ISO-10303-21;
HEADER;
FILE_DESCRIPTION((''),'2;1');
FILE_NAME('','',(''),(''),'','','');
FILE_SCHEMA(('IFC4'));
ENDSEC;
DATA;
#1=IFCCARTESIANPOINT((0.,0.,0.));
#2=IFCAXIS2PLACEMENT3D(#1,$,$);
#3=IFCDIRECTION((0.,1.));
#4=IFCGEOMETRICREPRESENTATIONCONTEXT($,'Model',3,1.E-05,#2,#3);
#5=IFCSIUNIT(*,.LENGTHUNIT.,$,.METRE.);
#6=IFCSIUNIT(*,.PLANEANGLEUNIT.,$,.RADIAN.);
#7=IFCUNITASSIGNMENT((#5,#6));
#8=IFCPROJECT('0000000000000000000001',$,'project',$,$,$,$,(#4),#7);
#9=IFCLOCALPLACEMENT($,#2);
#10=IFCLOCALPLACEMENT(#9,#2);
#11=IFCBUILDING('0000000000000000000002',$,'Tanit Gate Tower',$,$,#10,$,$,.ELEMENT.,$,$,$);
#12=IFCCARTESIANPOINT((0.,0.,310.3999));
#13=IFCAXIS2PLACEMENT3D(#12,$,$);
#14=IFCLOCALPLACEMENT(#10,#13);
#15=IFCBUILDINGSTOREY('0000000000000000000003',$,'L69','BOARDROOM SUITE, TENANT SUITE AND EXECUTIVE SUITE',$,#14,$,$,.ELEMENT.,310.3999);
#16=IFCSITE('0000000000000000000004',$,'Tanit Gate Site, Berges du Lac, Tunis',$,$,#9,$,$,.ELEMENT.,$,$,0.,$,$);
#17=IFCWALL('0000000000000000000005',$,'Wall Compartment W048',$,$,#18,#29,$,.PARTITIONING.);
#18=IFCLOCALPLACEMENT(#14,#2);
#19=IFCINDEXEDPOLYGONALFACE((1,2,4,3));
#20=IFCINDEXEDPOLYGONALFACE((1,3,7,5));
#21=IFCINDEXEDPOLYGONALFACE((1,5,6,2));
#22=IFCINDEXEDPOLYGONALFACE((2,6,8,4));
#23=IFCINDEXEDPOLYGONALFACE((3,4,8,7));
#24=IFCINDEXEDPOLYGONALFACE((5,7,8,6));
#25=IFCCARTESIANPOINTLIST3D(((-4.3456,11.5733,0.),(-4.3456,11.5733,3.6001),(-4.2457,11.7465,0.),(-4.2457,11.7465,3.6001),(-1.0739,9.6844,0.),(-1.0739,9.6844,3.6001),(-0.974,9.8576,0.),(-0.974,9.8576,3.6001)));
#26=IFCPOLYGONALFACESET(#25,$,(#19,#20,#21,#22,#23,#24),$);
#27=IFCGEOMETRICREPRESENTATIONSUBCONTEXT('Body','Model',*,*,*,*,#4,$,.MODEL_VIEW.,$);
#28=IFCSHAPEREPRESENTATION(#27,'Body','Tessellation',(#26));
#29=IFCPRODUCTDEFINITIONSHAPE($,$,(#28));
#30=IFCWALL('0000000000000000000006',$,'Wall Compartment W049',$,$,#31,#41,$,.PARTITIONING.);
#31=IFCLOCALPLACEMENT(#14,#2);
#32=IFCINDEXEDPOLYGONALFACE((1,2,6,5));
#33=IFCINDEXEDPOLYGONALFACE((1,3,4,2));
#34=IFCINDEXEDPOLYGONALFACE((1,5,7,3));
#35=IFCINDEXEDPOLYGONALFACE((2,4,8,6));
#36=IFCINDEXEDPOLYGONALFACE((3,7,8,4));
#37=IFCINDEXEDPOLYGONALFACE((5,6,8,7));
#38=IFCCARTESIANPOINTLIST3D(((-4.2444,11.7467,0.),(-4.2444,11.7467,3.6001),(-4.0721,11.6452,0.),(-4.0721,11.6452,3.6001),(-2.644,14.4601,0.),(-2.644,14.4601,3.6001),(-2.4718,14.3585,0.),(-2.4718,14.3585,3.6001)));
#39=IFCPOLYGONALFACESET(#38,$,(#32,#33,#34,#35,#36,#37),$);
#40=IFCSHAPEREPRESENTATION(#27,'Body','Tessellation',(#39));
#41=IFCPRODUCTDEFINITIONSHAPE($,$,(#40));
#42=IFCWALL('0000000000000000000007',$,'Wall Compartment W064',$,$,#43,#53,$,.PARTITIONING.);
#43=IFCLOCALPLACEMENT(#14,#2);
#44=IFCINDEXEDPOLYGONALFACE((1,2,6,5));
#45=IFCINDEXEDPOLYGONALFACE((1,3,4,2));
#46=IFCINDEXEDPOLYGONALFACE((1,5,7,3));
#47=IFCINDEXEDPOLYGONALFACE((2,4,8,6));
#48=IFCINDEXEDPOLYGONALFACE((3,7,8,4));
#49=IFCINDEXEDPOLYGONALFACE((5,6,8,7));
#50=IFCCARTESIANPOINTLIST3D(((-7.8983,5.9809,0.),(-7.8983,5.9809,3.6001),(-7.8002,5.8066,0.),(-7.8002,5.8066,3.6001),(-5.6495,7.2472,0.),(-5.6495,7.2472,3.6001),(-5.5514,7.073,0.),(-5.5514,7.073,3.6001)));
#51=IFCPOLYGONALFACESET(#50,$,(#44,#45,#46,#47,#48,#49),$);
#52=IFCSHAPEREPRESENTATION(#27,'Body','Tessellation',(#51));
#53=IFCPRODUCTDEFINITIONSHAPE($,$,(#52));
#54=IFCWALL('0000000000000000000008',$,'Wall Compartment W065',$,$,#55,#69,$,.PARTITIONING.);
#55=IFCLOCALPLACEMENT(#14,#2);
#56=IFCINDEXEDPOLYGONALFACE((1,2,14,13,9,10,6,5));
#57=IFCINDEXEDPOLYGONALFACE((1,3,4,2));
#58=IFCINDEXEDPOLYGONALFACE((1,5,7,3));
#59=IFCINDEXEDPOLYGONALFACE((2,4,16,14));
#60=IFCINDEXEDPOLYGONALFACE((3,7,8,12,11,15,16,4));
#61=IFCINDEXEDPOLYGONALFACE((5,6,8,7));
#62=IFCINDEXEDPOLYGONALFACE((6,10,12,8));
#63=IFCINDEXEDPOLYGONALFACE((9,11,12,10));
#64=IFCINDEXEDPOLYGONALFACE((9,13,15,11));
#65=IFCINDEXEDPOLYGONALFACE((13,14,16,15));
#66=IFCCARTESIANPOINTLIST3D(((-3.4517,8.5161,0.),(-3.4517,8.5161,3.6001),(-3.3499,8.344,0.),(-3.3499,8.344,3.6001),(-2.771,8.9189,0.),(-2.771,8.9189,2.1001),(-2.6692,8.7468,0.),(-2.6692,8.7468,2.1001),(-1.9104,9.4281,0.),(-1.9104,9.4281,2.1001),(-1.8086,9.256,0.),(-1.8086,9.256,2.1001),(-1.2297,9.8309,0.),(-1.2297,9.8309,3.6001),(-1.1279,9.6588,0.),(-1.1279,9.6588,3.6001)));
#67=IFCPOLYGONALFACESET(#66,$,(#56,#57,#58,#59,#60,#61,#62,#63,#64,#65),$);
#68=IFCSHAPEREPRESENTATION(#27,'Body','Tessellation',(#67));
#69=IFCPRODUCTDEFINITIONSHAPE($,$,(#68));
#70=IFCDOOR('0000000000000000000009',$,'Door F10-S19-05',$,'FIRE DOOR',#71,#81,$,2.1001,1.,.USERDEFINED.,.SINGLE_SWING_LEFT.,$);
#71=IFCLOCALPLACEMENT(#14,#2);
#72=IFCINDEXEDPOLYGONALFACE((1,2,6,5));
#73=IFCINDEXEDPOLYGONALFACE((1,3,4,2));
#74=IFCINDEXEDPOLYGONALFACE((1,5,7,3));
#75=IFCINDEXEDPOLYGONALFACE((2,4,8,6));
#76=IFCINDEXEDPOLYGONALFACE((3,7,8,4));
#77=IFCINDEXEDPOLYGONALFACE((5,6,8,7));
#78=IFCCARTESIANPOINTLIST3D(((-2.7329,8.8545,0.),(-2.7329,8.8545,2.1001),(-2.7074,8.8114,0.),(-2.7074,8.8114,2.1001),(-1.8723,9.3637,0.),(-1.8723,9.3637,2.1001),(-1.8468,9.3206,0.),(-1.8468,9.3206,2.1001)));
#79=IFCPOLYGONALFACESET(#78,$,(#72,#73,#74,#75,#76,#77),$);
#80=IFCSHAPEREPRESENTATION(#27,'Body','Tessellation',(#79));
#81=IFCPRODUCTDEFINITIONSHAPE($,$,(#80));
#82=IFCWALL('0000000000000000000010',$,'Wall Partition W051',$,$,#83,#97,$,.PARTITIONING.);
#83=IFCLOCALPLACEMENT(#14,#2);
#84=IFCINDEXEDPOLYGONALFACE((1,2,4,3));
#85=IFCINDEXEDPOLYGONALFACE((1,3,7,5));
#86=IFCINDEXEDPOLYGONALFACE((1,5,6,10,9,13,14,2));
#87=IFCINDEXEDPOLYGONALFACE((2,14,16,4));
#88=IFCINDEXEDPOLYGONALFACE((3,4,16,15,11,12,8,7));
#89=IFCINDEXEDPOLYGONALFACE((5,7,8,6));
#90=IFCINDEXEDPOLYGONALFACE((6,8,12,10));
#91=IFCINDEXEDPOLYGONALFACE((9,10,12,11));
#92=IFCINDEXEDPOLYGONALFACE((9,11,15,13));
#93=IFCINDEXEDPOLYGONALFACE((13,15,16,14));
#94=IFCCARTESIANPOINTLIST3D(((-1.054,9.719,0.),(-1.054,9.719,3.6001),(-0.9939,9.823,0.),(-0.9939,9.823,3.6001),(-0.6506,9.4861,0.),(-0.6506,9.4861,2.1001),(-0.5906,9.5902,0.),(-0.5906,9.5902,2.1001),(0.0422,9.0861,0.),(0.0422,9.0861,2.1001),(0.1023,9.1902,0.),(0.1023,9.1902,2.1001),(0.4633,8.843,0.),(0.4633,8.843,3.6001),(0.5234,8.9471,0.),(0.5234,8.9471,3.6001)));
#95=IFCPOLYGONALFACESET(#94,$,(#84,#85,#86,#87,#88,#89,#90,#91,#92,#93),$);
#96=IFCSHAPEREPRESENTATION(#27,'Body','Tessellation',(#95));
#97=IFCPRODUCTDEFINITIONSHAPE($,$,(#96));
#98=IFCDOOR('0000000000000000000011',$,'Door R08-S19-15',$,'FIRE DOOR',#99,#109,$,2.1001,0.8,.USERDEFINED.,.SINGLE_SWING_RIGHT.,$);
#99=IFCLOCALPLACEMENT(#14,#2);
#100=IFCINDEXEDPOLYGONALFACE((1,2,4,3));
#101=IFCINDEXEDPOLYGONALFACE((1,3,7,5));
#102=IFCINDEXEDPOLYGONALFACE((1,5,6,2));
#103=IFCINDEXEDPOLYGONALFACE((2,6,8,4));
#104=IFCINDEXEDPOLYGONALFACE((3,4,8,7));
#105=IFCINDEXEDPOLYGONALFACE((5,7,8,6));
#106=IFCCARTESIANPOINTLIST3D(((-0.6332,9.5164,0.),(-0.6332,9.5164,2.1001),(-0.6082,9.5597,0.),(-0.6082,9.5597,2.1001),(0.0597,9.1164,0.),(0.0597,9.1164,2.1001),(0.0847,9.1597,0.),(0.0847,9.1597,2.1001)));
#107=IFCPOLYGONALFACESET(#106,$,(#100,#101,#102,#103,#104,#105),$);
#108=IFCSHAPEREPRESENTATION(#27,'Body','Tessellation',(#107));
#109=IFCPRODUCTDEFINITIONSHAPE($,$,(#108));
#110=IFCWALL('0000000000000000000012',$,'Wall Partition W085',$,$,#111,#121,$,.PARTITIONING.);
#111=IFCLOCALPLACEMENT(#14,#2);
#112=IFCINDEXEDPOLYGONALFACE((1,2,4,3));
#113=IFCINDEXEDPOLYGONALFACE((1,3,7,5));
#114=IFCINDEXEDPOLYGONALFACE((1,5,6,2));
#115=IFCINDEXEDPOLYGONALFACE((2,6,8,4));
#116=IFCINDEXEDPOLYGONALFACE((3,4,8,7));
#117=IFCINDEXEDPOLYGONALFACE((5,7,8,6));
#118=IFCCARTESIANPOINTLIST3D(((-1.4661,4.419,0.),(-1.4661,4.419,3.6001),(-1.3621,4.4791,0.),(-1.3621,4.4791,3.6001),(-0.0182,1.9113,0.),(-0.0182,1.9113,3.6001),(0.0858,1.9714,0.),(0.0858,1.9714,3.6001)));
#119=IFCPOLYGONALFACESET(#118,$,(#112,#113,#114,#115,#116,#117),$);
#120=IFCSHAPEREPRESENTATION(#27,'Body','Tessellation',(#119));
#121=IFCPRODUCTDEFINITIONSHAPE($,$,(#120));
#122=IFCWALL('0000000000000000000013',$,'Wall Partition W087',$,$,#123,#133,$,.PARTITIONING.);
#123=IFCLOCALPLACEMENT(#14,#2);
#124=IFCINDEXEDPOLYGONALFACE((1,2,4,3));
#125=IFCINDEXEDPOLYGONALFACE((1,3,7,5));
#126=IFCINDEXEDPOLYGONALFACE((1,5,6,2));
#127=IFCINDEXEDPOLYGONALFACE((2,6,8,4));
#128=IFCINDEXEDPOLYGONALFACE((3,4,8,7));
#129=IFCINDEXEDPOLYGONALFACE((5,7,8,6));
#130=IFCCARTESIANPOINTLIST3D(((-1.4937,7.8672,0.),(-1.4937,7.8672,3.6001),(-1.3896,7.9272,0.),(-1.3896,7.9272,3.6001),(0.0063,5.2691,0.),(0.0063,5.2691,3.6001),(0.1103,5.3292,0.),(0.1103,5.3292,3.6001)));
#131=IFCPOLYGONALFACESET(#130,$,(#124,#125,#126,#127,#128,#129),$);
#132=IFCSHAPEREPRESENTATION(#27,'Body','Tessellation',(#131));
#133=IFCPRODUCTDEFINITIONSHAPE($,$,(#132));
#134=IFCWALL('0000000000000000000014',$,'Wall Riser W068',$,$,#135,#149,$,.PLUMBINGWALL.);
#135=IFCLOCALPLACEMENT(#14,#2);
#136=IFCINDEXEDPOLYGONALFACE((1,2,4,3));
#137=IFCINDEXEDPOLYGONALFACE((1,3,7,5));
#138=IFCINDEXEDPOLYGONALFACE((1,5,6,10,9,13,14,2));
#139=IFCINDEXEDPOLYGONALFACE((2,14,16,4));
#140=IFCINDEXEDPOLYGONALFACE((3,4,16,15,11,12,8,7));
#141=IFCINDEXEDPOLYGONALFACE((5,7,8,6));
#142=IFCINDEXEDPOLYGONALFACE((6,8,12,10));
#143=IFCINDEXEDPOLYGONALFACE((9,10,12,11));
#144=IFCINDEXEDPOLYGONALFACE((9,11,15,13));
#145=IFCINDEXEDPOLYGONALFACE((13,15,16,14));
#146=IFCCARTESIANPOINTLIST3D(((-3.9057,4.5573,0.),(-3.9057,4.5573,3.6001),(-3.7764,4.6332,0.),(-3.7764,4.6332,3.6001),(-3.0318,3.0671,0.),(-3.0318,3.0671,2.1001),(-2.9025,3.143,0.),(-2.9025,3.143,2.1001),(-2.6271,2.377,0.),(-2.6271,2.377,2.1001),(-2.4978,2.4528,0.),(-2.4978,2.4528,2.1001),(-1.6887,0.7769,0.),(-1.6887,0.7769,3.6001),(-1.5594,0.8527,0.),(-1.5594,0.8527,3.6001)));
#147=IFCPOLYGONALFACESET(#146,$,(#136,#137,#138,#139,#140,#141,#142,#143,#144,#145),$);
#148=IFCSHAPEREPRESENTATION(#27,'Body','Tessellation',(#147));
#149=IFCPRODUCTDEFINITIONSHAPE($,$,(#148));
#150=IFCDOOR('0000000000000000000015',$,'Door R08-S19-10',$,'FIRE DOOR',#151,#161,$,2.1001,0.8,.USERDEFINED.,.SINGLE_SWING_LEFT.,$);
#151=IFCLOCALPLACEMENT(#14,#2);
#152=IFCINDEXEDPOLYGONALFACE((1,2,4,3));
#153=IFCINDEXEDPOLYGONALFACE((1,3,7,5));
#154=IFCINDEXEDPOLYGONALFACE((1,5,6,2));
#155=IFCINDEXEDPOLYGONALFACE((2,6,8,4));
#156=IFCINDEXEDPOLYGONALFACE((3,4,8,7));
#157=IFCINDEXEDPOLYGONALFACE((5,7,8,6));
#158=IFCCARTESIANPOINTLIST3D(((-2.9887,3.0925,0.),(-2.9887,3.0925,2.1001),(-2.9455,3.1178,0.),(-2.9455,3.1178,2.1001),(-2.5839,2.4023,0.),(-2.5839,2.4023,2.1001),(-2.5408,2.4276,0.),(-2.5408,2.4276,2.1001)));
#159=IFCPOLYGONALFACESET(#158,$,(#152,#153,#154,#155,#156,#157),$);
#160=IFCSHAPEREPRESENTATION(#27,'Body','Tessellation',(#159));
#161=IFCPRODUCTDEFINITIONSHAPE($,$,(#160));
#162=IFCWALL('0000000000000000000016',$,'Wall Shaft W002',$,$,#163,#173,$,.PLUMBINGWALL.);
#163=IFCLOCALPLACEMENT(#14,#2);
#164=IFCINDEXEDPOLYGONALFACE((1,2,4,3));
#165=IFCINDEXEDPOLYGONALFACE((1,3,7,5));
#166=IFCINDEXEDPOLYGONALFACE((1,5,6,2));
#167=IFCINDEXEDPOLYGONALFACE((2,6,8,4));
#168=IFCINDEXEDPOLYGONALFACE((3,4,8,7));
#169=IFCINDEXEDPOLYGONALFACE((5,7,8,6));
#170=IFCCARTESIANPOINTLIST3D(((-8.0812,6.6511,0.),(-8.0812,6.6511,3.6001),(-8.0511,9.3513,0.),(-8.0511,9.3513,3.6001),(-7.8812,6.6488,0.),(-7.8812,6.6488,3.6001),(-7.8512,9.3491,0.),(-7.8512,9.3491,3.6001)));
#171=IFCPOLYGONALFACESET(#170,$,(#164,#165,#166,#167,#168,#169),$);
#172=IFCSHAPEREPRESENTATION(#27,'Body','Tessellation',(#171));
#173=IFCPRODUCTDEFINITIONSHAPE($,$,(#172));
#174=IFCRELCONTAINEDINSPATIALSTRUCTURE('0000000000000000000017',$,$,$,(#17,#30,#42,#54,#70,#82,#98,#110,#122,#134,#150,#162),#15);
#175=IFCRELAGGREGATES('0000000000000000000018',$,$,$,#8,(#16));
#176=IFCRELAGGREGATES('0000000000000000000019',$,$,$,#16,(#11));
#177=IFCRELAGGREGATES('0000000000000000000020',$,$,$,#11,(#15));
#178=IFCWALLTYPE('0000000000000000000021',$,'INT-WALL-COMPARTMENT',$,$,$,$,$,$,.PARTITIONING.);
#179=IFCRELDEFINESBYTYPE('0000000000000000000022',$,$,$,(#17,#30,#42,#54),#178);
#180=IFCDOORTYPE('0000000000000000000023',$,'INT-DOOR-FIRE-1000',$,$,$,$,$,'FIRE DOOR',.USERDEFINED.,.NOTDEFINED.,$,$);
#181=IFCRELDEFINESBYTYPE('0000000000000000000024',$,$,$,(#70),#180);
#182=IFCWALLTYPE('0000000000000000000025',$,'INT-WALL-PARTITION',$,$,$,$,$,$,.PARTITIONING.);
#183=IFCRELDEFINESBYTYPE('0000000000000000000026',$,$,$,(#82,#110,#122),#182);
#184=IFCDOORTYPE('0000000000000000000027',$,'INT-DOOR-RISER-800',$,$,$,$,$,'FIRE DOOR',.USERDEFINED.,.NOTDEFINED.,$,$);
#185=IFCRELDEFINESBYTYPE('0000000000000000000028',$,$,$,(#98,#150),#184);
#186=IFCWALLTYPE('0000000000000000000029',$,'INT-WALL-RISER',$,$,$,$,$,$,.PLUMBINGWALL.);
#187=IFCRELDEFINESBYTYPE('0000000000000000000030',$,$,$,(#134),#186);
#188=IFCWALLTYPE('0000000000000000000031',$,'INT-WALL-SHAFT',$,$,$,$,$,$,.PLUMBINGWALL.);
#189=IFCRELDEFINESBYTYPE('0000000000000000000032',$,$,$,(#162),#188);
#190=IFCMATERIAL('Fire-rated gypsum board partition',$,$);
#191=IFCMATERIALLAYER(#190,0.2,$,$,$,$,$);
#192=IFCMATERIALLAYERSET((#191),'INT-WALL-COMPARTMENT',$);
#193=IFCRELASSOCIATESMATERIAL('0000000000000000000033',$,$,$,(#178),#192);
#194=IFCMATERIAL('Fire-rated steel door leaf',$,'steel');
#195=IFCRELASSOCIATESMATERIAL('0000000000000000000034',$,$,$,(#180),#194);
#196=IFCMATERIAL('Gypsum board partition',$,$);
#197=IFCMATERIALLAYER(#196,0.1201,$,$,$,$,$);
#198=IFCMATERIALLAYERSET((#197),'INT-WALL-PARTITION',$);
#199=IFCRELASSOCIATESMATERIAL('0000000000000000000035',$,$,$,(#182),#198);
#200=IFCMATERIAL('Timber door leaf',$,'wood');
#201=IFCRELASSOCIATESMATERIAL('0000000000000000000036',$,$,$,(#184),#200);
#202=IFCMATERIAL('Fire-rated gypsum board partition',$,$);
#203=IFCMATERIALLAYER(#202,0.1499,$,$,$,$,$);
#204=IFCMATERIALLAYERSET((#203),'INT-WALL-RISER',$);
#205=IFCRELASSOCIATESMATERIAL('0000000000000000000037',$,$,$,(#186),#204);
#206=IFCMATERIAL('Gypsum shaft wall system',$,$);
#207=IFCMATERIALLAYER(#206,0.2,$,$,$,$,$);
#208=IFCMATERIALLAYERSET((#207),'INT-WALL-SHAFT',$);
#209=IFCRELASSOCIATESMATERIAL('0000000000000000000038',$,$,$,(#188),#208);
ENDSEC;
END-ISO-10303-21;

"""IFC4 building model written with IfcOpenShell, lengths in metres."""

from ifc_helpers import new_model, si_unit, direction, frame, frame_2d, origin, place, context, subcontext, project, spatial, rectangle, extrude, material, layer, layer_set, type_object, element, fill, save


model = new_model("IFC4")

# Units and contexts
model_context = context("Model", 3, precision=1e-05, world=origin(), true_north=direction((0.0, 1.0)))
body_context = subcontext(model_context, "Body", "Model", "MODEL_VIEW")
ifc_project = project(units=[si_unit("LENGTHUNIT", "METRE"), si_unit("PLANEANGLEUNIT", "RADIAN")], contexts=[model_context])

# Site, building, storey
site_placement = place(None, origin())
site = spatial("IfcSite", under=ifc_project, at=site_placement, Name="Tanit Gate Site, Berges du Lac, Tunis", CompositionType="ELEMENT", RefElevation=0.0)
building_placement = place(site_placement, origin())
building = spatial("IfcBuilding", under=site, at=building_placement, Name="Tanit Gate Tower", CompositionType="ELEMENT")
storey_placement = place(building_placement, frame((0.0, 0.0, 310.3999)))
storey = spatial("IfcBuildingStorey", under=building, at=storey_placement, Name="L69", Description="BOARDROOM SUITE, TENANT SUITE AND EXECUTIVE SUITE", CompositionType="ELEMENT", Elevation=310.3999)

# Walls
ifc_material_1 = material(Name="Fire-rated gypsum board partition")
ifc_layer_1 = layer(ifc_material_1, 0.2)
ifc_layer_set_1 = layer_set([ifc_layer_1], Name="INT-WALL-COMPARTMENT")
wall_type_1 = type_object("IfcWallType", Name="INT-WALL-COMPARTMENT", PredefinedType="PARTITIONING", material=ifc_layer_set_1)
wall_1_placement = place(storey_placement, frame((-4.2957, 11.6599, 0.0), z_axis=(0.0, 0.0, 1.0), x_axis=(0.866027, -0.499997, 0.0)))
element("IfcWall", 1, at=wall_1_placement, inside=storey, type_object=wall_type_1, Name="Wall Compartment W048", PredefinedType="PARTITIONING", context=body_context, shape_type="SweptSolid", body=[
    extrude(rectangle(XDim=3.7778, YDim=0.2, at=frame_2d((1.8889, 0.0))), origin(), (0.0, 0.0, 1.0), 3.6001),
])
wall_2_placement = place(storey_placement, frame((-2.5579, 14.4094, 0.0), z_axis=(0.0, 0.0, 1.0), x_axis=(-0.508019, -0.861346, 0.0)))
element("IfcWall", 2, at=wall_2_placement, inside=storey, type_object=wall_type_1, Name="Wall Compartment W049", PredefinedType="PARTITIONING", context=body_context, shape_type="SweptSolid", body=[
    extrude(rectangle(XDim=3.1501, YDim=0.2, at=frame_2d((1.5752, 0.0))), origin(), (0.0, 0.0, 1.0), 3.6001),
])
wall_3_placement = place(storey_placement, frame((-5.6003, 7.1602, 0.0), z_axis=(0.0, 0.0, 1.0), x_axis=(-0.87134, -0.490679, 0.0)))
element("IfcWall", 3, at=wall_3_placement, inside=storey, type_object=wall_type_1, Name="Wall Compartment W064", PredefinedType="PARTITIONING", context=body_context, shape_type="SweptSolid", body=[
    extrude(rectangle(XDim=2.5808, YDim=0.2, at=frame_2d((1.2905, 0.0))), origin(), (0.0, 0.0, 1.0), 3.6001),
])

# Walls, openings, doors
wall_4_placement = place(storey_placement, frame((-1.1787, 9.7449, 0.0), z_axis=(0.0, 0.0, 1.0), x_axis=(-0.860631, -0.509229, 0.0)))
wall_4 = element("IfcWall", 4, at=wall_4_placement, inside=storey, type_object=wall_type_1, Name="Wall Compartment W065", PredefinedType="PARTITIONING", context=body_context, shape_type="SweptSolid", body=[
    extrude(rectangle(XDim=2.5818, YDim=0.2, at=frame_2d((1.291, 0.0))), origin(), (0.0, 0.0, 1.0), 3.6001),
])
opening_1_placement = place(wall_4_placement, frame((0.791, 0.0, 0.0)))
opening_1 = element("IfcOpeningElement", 5, at=opening_1_placement, cuts=wall_4, PredefinedType="OPENING", context=body_context, shape_type="SweptSolid", body=[
    extrude(rectangle(XDim=1.0, YDim=2.1001, at=frame_2d((0.5, 1.05))), frame((0.0, 0.1099, 0.0), z_axis=(0.0, -1.0, 0.0), x_axis=(1.0, 0.0, 0.0)), (0.0, 0.0, 1.0), 0.22),
])
ifc_material_2 = material(Name="Fire-rated steel door leaf", Category="steel")
door_type_1 = type_object("IfcDoorType", Name="INT-DOOR-FIRE-1000", ElementType="FIRE DOOR", OperationType="NOTDEFINED", PredefinedType="USERDEFINED", material=ifc_material_2)
door_1_placement = place(opening_1_placement, origin())
door_1 = element("IfcDoor", 6, at=door_1_placement, inside=storey, type_object=door_type_1, Name="Door F10-S19-05", ObjectType="FIRE DOOR", OperationType="SINGLE_SWING_LEFT", OverallHeight=2.1001, OverallWidth=1.0, PredefinedType="USERDEFINED", context=body_context, shape_type="SweptSolid", body=[
    extrude(rectangle(XDim=1.0, YDim=2.1001, at=frame_2d((0.5, 1.05))), frame((0.0, 0.0249, 0.0), z_axis=(0.0, -1.0, 0.0), x_axis=(1.0, 0.0, 0.0)), (0.0, 0.0, 1.0), 0.05),
])
fill(opening_1, door_1)
ifc_material_3 = material(Name="Gypsum board partition")
ifc_layer_2 = layer(ifc_material_3, 0.1201)
ifc_layer_set_2 = layer_set([ifc_layer_2], Name="INT-WALL-PARTITION")
wall_type_2 = type_object("IfcWallType", Name="INT-WALL-PARTITION", PredefinedType="PARTITIONING", material=ifc_layer_set_2)
wall_5_placement = place(storey_placement, frame((-1.0239, 9.771, 0.0), z_axis=(0.0, 0.0, 1.0), x_axis=(0.866039, -0.499976, 0.0)))
wall_5 = element("IfcWall", 7, at=wall_5_placement, inside=storey, type_object=wall_type_2, Name="Wall Partition W051", PredefinedType="PARTITIONING", context=body_context, shape_type="SweptSolid", body=[
    extrude(rectangle(XDim=1.752, YDim=0.1201, at=frame_2d((0.876, 0.0))), origin(), (0.0, 0.0, 1.0), 3.6001),
])
opening_2_placement = place(wall_5_placement, frame((0.4658, 0.0, 0.0)))
opening_2 = element("IfcOpeningElement", 8, at=opening_2_placement, cuts=wall_5, PredefinedType="OPENING", context=body_context, shape_type="SweptSolid", body=[
    extrude(rectangle(XDim=0.8, YDim=2.1001, at=frame_2d((0.3999, 1.05))), frame((0.0, 0.0701, 0.0), z_axis=(0.0, -1.0, 0.0), x_axis=(1.0, 0.0, 0.0)), (0.0, 0.0, 1.0), 0.1401),
])
ifc_material_4 = material(Name="Timber door leaf", Category="wood")
door_type_2 = type_object("IfcDoorType", Name="INT-DOOR-RISER-800", ElementType="FIRE DOOR", OperationType="NOTDEFINED", PredefinedType="USERDEFINED", material=ifc_material_4)
door_2_placement = place(opening_2_placement, origin())
door_2 = element("IfcDoor", 9, at=door_2_placement, inside=storey, type_object=door_type_2, Name="Door R08-S19-15", ObjectType="FIRE DOOR", OperationType="SINGLE_SWING_RIGHT", OverallHeight=2.1001, OverallWidth=0.8, PredefinedType="USERDEFINED", context=body_context, shape_type="SweptSolid", body=[
    extrude(rectangle(XDim=0.8, YDim=2.1001, at=frame_2d((0.3999, 1.05))), frame((0.0, 0.0249, 0.0), z_axis=(0.0, -1.0, 0.0), x_axis=(1.0, 0.0, 0.0)), (0.0, 0.0, 1.0), 0.05),
])
fill(opening_2, door_2)

# Walls
wall_6_placement = place(storey_placement, frame((-1.4141, 4.449, 0.0), z_axis=(0.0, 0.0, 1.0), x_axis=(0.500029, -0.866009, 0.0)))
element("IfcWall", 10, at=wall_6_placement, inside=storey, type_object=wall_type_2, Name="Wall Partition W085", PredefinedType="PARTITIONING", context=body_context, shape_type="SweptSolid", body=[
    extrude(rectangle(XDim=2.8958, YDim=0.1201, at=frame_2d((1.4478, 0.0))), origin(), (0.0, 0.0, 1.0), 3.6001),
])
wall_7_placement = place(storey_placement, frame((-1.4417, 7.8972, 0.0), z_axis=(0.0, 0.0, 1.0), x_axis=(0.49999, -0.866031, 0.0)))
element("IfcWall", 11, at=wall_7_placement, inside=storey, type_object=wall_type_2, Name="Wall Partition W087", PredefinedType="PARTITIONING", context=body_context, shape_type="SweptSolid", body=[
    extrude(rectangle(XDim=3.0, YDim=0.1201, at=frame_2d((1.5, 0.0))), origin(), (0.0, 0.0, 1.0), 3.6001),
])

# Wall, opening, door
ifc_material_5 = material(Name="Fire-rated gypsum board partition")
ifc_layer_3 = layer(ifc_material_5, 0.1499)
ifc_layer_set_3 = layer_set([ifc_layer_3], Name="INT-WALL-RISER")
wall_type_3 = type_object("IfcWallType", Name="INT-WALL-RISER", PredefinedType="PLUMBINGWALL", material=ifc_layer_set_3)
wall_8_placement = place(storey_placement, frame((-1.624, 0.8147, 0.0), z_axis=(0.0, 0.0, 1.0), x_axis=(-0.505868, 0.862611, 0.0)))
wall_8 = element("IfcWall", 12, at=wall_8_placement, inside=storey, type_object=wall_type_3, Name="Wall Riser W068", PredefinedType="PLUMBINGWALL", context=body_context, shape_type="SweptSolid", body=[
    extrude(rectangle(XDim=4.3826, YDim=0.1499, at=frame_2d((2.1914, 0.0))), origin(), (0.0, 0.0, 1.0), 3.6001),
])
opening_3_placement = place(wall_8_placement, frame((1.8552, 0.0, 0.0)))
opening_3 = element("IfcOpeningElement", 13, at=opening_3_placement, cuts=wall_8, PredefinedType="OPENING", context=body_context, shape_type="SweptSolid", body=[
    extrude(rectangle(XDim=0.8, YDim=2.1001, at=frame_2d((0.3999, 1.05))), frame((0.0, 0.085, 0.0), z_axis=(0.0, -1.0, 0.0), x_axis=(1.0, 0.0, 0.0)), (0.0, 0.0, 1.0), 0.1699),
])
door_3_placement = place(opening_3_placement, origin())
door_3 = element("IfcDoor", 14, at=door_3_placement, inside=storey, type_object=door_type_2, Name="Door R08-S19-10", ObjectType="FIRE DOOR", OperationType="SINGLE_SWING_LEFT", OverallHeight=2.1001, OverallWidth=0.8, PredefinedType="USERDEFINED", context=body_context, shape_type="SweptSolid", body=[
    extrude(rectangle(XDim=0.8, YDim=2.1001, at=frame_2d((0.3999, 1.05))), frame((0.0, 0.0249, 0.0), z_axis=(0.0, -1.0, 0.0), x_axis=(1.0, 0.0, 0.0)), (0.0, 0.0, 1.0), 0.05),
])
fill(opening_3, door_3)

# Wall
ifc_material_6 = material(Name="Gypsum shaft wall system")
ifc_layer_4 = layer(ifc_material_6, 0.2)
ifc_layer_set_4 = layer_set([ifc_layer_4], Name="INT-WALL-SHAFT")
wall_type_4 = type_object("IfcWallType", Name="INT-WALL-SHAFT", PredefinedType="PLUMBINGWALL", material=ifc_layer_set_4)
wall_9_placement = place(storey_placement, frame((-7.9512, 9.3501, 0.0), z_axis=(0.0, 0.0, 1.0), x_axis=(-0.01112, -0.999938, 0.0)))
element("IfcWall", 15, at=wall_9_placement, inside=storey, type_object=wall_type_4, Name="Wall Shaft W002", PredefinedType="PLUMBINGWALL", context=body_context, shape_type="SweptSolid", body=[
    extrude(rectangle(XDim=2.7004, YDim=0.2, at=frame_2d((1.3501, 0.0))), origin(), (0.0, 0.0, 1.0), 3.6001),
])

save(model, "model.ifc")
